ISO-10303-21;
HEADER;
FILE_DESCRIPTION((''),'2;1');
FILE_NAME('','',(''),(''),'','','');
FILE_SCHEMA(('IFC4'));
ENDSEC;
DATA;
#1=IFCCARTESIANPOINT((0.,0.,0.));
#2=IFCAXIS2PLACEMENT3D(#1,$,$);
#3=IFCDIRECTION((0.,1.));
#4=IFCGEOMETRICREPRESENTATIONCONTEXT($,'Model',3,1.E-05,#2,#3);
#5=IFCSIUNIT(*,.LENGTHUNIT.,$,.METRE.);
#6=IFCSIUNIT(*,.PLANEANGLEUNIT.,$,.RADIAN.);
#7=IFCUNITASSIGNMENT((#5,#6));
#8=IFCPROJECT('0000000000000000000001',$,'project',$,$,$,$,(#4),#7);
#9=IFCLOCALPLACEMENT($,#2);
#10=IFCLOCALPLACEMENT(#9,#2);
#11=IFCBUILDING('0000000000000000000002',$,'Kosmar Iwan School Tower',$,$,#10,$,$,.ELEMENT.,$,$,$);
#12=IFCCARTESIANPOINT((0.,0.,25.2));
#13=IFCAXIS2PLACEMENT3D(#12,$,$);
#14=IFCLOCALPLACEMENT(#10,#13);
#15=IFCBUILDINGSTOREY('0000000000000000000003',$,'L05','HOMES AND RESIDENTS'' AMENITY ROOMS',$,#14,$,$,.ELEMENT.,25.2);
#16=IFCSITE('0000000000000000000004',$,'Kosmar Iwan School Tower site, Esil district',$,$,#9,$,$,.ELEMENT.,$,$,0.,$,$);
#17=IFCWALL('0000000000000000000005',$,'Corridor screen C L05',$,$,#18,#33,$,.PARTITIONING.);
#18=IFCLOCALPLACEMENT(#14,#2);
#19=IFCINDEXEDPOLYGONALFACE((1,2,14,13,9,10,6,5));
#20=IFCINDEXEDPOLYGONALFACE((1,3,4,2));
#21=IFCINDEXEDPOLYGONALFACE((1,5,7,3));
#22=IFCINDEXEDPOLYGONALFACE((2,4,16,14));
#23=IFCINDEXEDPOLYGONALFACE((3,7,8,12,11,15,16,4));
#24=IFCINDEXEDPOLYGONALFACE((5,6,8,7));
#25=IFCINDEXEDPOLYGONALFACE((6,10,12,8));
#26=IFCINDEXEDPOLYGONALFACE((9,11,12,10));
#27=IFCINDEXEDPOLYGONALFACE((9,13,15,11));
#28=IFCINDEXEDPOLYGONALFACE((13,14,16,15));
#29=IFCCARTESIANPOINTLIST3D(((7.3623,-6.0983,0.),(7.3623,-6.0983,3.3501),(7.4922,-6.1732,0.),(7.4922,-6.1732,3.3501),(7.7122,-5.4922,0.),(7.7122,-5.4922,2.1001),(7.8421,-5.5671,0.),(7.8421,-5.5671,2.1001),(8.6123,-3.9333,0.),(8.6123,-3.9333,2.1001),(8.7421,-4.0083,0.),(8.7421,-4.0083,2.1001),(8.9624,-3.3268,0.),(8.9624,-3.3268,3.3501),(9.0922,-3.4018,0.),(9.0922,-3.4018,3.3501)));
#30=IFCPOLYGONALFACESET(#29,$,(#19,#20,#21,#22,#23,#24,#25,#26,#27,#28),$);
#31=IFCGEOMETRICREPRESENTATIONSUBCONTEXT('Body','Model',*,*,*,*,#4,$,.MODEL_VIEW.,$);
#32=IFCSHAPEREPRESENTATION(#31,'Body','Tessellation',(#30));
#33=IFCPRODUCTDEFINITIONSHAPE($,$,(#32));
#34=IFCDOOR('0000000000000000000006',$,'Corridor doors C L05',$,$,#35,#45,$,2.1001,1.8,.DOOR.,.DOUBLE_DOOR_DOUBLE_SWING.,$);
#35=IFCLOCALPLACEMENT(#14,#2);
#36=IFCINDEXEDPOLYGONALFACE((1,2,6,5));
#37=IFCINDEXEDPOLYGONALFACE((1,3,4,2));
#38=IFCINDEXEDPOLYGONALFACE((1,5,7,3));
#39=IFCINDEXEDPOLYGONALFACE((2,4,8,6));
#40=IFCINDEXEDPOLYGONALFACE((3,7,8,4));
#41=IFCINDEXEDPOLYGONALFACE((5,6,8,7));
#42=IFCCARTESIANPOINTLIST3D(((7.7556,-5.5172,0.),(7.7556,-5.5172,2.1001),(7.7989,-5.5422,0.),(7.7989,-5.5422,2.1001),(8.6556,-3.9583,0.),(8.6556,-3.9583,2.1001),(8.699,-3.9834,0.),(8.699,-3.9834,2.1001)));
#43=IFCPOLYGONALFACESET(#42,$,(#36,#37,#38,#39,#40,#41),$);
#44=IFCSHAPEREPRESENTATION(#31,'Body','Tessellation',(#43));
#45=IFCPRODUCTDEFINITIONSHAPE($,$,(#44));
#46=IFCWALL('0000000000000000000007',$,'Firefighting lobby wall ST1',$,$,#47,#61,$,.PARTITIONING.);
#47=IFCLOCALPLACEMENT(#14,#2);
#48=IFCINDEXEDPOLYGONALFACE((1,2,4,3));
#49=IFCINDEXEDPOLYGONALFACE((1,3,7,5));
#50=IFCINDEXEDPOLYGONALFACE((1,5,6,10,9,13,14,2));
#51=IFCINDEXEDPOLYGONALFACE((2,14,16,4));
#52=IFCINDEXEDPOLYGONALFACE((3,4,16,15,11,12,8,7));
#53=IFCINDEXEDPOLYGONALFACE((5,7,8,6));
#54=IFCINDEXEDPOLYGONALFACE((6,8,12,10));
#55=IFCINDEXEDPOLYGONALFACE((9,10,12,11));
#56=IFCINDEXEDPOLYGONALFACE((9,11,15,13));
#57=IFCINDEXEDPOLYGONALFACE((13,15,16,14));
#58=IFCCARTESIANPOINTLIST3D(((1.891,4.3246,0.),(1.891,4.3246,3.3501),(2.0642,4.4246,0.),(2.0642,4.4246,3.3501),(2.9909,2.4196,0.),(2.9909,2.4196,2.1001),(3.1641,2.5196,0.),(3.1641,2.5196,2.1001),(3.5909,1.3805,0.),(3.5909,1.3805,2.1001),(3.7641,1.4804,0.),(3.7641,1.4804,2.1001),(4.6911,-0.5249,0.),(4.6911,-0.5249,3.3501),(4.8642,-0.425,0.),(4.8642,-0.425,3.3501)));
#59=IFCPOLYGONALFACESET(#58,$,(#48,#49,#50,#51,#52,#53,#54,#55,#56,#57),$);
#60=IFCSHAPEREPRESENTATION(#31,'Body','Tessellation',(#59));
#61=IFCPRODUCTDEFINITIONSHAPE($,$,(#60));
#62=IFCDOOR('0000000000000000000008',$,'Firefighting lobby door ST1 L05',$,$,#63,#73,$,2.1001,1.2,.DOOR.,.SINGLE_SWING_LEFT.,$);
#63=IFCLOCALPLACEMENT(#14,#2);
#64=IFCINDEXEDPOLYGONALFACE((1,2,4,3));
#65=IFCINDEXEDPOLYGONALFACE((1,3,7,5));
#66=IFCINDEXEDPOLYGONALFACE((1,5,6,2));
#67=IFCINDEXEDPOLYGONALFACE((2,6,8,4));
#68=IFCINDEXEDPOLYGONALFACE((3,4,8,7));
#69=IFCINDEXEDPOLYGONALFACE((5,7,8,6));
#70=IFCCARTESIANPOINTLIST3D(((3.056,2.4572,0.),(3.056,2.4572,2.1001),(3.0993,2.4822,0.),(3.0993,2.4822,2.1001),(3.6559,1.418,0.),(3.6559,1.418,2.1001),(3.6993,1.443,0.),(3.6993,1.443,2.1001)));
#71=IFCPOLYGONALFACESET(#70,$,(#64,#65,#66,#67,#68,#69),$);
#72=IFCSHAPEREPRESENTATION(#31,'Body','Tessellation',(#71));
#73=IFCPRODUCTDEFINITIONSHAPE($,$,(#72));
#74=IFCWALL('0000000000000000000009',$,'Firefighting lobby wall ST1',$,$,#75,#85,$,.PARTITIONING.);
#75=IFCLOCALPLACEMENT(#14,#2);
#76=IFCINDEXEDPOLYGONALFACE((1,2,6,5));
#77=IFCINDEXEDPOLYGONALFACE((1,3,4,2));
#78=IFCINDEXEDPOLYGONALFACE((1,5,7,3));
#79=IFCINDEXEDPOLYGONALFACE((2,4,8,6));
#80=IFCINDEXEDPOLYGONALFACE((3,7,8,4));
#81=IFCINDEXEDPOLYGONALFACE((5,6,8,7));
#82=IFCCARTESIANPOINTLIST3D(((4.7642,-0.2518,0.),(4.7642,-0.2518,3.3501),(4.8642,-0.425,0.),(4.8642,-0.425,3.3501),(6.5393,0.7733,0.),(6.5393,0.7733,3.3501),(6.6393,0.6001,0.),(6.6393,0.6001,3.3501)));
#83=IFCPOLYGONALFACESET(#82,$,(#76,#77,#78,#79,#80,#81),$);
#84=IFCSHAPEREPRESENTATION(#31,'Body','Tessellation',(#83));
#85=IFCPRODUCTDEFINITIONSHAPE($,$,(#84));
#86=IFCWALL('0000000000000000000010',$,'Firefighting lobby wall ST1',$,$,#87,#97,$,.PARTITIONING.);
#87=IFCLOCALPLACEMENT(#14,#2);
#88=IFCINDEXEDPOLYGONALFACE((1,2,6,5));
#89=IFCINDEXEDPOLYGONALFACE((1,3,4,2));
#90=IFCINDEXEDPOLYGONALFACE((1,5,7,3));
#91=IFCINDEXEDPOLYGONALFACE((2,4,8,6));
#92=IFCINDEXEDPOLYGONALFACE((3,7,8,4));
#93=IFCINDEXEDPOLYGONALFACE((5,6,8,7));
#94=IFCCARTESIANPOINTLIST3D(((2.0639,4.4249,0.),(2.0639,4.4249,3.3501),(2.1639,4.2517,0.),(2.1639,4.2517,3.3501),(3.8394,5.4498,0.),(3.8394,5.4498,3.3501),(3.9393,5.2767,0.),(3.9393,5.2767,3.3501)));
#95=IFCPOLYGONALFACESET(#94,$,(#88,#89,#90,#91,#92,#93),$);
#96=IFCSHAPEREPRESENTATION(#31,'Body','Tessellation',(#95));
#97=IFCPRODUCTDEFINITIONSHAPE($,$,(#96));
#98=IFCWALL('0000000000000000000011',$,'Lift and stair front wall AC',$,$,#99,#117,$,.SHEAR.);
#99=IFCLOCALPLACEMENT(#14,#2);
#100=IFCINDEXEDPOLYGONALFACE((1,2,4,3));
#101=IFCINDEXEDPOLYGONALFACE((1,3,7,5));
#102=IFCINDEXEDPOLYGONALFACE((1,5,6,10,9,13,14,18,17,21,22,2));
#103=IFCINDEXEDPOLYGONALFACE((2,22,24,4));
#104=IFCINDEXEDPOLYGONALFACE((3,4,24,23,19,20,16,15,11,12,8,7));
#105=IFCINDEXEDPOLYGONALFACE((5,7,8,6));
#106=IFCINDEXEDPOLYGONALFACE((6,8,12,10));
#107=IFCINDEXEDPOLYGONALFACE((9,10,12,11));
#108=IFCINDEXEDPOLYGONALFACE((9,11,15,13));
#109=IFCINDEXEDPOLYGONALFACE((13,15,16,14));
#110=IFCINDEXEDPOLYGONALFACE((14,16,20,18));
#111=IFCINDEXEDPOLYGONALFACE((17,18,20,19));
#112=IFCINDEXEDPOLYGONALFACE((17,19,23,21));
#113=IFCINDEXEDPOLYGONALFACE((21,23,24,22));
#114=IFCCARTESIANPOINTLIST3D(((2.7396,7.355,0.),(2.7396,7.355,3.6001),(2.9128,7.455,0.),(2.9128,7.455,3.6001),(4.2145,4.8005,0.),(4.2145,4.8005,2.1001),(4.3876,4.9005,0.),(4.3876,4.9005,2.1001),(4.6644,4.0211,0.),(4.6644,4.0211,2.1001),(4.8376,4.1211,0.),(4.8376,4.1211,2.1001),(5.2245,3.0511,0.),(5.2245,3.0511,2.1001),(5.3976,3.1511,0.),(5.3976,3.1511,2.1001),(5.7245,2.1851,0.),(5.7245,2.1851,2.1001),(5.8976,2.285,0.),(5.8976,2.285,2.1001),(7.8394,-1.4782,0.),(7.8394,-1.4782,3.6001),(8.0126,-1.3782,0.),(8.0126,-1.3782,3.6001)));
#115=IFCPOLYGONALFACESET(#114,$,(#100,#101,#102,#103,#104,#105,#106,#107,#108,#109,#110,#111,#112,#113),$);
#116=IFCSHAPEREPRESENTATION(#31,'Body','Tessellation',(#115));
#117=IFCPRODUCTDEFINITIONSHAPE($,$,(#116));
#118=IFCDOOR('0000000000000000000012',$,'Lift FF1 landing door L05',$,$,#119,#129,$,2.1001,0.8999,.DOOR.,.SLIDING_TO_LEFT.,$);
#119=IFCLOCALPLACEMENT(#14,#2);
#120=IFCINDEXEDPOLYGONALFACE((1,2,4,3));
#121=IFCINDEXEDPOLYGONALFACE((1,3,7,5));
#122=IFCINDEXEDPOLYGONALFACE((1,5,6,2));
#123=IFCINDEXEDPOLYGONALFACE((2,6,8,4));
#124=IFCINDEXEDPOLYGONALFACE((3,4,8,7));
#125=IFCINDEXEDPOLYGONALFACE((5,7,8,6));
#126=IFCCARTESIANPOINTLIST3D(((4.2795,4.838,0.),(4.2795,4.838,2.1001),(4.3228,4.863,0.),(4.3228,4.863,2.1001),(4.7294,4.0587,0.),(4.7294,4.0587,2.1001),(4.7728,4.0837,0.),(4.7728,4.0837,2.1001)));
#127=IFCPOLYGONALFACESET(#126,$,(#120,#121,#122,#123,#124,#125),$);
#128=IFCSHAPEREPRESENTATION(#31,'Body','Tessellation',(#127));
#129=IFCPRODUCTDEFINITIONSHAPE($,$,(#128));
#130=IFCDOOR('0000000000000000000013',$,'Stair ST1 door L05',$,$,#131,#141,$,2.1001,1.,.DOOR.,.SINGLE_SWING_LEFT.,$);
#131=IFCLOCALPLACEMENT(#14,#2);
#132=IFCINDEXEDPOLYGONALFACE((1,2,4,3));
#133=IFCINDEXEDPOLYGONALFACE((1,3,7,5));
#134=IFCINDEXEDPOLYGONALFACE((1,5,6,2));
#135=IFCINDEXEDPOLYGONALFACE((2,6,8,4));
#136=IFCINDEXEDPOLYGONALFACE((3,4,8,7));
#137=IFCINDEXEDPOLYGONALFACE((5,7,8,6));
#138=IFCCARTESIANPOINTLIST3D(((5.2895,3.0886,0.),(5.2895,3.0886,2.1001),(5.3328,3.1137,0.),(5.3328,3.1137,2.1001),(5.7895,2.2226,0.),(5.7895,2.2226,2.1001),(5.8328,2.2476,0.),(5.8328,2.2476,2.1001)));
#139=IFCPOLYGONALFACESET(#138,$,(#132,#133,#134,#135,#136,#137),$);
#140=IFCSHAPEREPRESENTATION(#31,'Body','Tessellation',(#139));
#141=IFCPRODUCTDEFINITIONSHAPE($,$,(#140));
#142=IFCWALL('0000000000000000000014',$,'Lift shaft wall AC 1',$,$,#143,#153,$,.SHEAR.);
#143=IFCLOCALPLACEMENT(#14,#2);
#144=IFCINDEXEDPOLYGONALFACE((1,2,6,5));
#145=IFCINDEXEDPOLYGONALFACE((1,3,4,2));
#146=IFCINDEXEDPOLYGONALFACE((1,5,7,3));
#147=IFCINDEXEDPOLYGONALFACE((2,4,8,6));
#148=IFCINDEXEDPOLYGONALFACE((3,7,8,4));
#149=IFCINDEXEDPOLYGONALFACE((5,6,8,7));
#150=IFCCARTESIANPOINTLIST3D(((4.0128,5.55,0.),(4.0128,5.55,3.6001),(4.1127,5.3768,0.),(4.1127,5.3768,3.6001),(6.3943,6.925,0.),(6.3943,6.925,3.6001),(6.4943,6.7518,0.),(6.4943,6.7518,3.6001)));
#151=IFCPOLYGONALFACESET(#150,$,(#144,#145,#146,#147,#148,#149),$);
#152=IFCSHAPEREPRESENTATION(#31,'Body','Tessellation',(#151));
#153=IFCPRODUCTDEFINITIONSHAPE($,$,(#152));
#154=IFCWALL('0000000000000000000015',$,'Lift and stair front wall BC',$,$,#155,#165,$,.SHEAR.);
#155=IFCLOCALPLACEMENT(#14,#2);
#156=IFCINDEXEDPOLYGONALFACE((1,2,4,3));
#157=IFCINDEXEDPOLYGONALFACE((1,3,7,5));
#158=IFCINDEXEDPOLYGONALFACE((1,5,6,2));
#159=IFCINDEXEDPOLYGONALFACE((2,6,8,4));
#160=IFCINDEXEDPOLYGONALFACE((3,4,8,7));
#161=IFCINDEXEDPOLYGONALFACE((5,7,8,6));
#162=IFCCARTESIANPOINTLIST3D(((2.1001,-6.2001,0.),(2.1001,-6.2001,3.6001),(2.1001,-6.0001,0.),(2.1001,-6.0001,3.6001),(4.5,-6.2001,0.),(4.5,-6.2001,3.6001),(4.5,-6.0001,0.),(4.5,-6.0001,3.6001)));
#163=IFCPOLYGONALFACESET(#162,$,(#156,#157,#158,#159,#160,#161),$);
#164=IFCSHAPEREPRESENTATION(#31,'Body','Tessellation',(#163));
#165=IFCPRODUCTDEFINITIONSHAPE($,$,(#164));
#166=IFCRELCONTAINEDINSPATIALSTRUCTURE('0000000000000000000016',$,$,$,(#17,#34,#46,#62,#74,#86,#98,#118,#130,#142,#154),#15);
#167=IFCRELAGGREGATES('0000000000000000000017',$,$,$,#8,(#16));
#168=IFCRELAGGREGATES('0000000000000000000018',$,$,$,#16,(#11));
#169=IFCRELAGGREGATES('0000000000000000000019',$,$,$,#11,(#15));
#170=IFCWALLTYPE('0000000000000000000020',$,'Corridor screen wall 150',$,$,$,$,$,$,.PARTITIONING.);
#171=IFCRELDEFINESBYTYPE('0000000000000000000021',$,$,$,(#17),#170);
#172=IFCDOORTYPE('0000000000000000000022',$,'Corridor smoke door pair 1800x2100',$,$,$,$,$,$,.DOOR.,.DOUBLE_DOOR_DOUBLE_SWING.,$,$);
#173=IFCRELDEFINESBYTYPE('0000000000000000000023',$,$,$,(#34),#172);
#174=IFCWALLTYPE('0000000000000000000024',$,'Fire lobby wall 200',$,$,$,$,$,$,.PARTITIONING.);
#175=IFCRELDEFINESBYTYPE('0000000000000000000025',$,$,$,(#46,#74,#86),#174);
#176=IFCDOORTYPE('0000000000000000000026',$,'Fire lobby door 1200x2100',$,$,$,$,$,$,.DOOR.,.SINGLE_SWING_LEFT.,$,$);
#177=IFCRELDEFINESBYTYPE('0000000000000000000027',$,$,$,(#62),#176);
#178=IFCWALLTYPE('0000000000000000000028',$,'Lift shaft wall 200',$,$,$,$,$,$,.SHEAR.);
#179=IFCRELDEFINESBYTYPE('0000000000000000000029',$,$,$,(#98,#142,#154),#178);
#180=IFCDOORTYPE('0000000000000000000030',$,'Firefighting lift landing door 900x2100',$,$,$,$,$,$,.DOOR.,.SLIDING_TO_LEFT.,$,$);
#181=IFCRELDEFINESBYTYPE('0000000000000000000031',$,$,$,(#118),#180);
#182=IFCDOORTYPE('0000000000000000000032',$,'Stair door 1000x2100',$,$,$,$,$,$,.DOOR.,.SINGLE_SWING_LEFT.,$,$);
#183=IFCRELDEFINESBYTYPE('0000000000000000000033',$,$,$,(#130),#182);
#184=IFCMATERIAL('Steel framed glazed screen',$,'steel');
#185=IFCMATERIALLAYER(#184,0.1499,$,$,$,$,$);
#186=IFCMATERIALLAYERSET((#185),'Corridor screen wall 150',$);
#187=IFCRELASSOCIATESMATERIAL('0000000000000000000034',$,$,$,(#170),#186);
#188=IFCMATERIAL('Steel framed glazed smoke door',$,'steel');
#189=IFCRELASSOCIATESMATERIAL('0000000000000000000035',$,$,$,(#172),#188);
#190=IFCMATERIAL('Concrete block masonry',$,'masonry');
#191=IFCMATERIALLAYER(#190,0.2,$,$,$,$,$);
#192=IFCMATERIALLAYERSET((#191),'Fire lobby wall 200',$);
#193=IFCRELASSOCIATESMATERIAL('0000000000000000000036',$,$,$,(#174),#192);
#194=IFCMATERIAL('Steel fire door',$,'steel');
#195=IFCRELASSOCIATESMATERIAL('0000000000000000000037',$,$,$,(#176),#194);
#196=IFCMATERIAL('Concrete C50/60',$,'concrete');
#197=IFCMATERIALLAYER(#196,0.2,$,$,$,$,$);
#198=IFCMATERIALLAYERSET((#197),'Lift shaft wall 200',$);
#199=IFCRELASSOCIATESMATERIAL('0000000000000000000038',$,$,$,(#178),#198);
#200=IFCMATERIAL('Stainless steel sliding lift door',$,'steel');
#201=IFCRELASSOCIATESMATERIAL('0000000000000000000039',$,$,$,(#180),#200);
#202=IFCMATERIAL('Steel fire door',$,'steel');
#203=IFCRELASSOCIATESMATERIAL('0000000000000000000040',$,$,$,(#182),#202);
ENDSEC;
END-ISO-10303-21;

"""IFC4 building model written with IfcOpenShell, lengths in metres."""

from ifc_helpers import new_model, si_unit, direction, frame, frame_2d, origin, place, context, subcontext, project, spatial, rectangle, extrude, material, layer, layer_set, type_object, element, fill, save


model = new_model("IFC4")

# Units and contexts
model_context = context("Model", 3, precision=1e-05, world=origin(), true_north=direction((0.0, 1.0)))
body_context = subcontext(model_context, "Body", "Model", "MODEL_VIEW")
ifc_project = project(units=[si_unit("LENGTHUNIT", "METRE"), si_unit("PLANEANGLEUNIT", "RADIAN")], contexts=[model_context])

# Site, building, storey
site_placement = place(None, origin())
site = spatial("IfcSite", under=ifc_project, at=site_placement, Name="Kosmar Iwan School Tower site, Esil district", CompositionType="ELEMENT", RefElevation=0.0)
building_placement = place(site_placement, origin())
building = spatial("IfcBuilding", under=site, at=building_placement, Name="Kosmar Iwan School Tower", CompositionType="ELEMENT")
storey_placement = place(building_placement, frame((0.0, 0.0, 25.2)))
storey = spatial("IfcBuildingStorey", under=building, at=storey_placement, Name="L05", Description="HOMES AND RESIDENTS' AMENITY ROOMS", CompositionType="ELEMENT", Elevation=25.2)

# Walls, openings, doors
ifc_material_1 = material(Name="Steel framed glazed screen", Category="steel")
ifc_layer_1 = layer(ifc_material_1, 0.1499)
ifc_layer_set_1 = layer_set([ifc_layer_1], Name="Corridor screen wall 150")
wall_type_1 = type_object("IfcWallType", Name="Corridor screen wall 150", PredefinedType="PARTITIONING", material=ifc_layer_set_1)
wall_1_placement = place(storey_placement, frame((7.4272, -6.1357, 0.0), z_axis=(0.0, 0.0, 1.0), x_axis=(0.499995, 0.866028, 0.0)))
wall_1 = element("IfcWall", 1, at=wall_1_placement, inside=storey, type_object=wall_type_1, Name="Corridor screen C L05", PredefinedType="PARTITIONING", context=body_context, shape_type="SweptSolid", body=[
    extrude(rectangle(XDim=3.2002, YDim=0.1499, at=frame_2d((1.6001, 0.0))), origin(), (0.0, 0.0, 1.0), 3.3501),
])
opening_1_placement = place(wall_1_placement, frame((0.7, 0.0, 0.0)))
opening_1 = element("IfcOpeningElement", 2, at=opening_1_placement, cuts=wall_1, PredefinedType="OPENING", context=body_context, shape_type="SweptSolid", body=[
    extrude(rectangle(XDim=1.8, YDim=2.1001, at=frame_2d((0.8999, 1.05))), frame((0.0, 0.0869, 0.0), z_axis=(0.0, -1.0, 0.0), x_axis=(1.0, 0.0, 0.0)), (0.0, 0.0, 1.0), 0.1738),
])
ifc_material_2 = material(Name="Steel framed glazed smoke door", Category="steel")
door_type_1 = type_object("IfcDoorType", Name="Corridor smoke door pair 1800x2100", OperationType="DOUBLE_DOOR_DOUBLE_SWING", PredefinedType="DOOR", material=ifc_material_2)
door_1_placement = place(opening_1_placement, origin())
door_1 = element("IfcDoor", 3, at=door_1_placement, inside=storey, type_object=door_type_1, Name="Corridor doors C L05", OperationType="DOUBLE_DOOR_DOUBLE_SWING", OverallHeight=2.1001, OverallWidth=1.8, PredefinedType="DOOR", context=body_context, shape_type="SweptSolid", body=[
    extrude(rectangle(XDim=1.8, YDim=2.1001, at=frame_2d((0.8999, 1.05))), frame((0.0, 0.0249, 0.0), z_axis=(0.0, -1.0, 0.0), x_axis=(1.0, 0.0, 0.0)), (0.0, 0.0, 1.0), 0.05),
])
fill(opening_1, door_1)
ifc_material_3 = material(Name="Concrete block masonry", Category="masonry")
ifc_layer_2 = layer(ifc_material_3, 0.2)
ifc_layer_set_2 = layer_set([ifc_layer_2], Name="Fire lobby wall 200")
wall_type_2 = type_object("IfcWallType", Name="Fire lobby wall 200", PredefinedType="PARTITIONING", material=ifc_layer_set_2)
wall_2_placement = place(storey_placement, frame((4.7776, -0.4749, 0.0), z_axis=(0.0, 0.0, 1.0), x_axis=(-0.500017, 0.866016, 0.0)))
wall_2 = element("IfcWall", 4, at=wall_2_placement, inside=storey, type_object=wall_type_2, Name="Firefighting lobby wall ST1", PredefinedType="PARTITIONING", context=body_context, shape_type="SweptSolid", body=[
    extrude(rectangle(XDim=5.5999, YDim=0.2, at=frame_2d((2.7998, 0.0))), origin(), (0.0, 0.0, 1.0), 3.3501),
])
opening_2_placement = place(wall_2_placement, frame((2.2, 0.0, 0.0)))
opening_2 = element("IfcOpeningElement", 5, at=opening_2_placement, cuts=wall_2, PredefinedType="OPENING", context=body_context, shape_type="SweptSolid", body=[
    extrude(rectangle(XDim=1.2, YDim=2.1001, at=frame_2d((0.6001, 1.05))), frame((0.0, 0.1121, 0.0), z_axis=(0.0, -1.0, 0.0), x_axis=(1.0, 0.0, 0.0)), (0.0, 0.0, 1.0), 0.2239),
])
ifc_material_4 = material(Name="Steel fire door", Category="steel")
door_type_2 = type_object("IfcDoorType", Name="Fire lobby door 1200x2100", OperationType="SINGLE_SWING_LEFT", PredefinedType="DOOR", material=ifc_material_4)
door_2_placement = place(opening_2_placement, origin())
door_2 = element("IfcDoor", 6, at=door_2_placement, inside=storey, type_object=door_type_2, Name="Firefighting lobby door ST1 L05", OperationType="SINGLE_SWING_LEFT", OverallHeight=2.1001, OverallWidth=1.2, PredefinedType="DOOR", context=body_context, shape_type="SweptSolid", body=[
    extrude(rectangle(XDim=1.2, YDim=2.1001, at=frame_2d((0.6001, 1.05))), frame((0.0, 0.0249, 0.0), z_axis=(0.0, -1.0, 0.0), x_axis=(1.0, 0.0, 0.0)), (0.0, 0.0, 1.0), 0.05),
])
fill(opening_2, door_2)

# Walls
wall_3_placement = place(storey_placement, frame((4.8142, -0.3384, 0.0), z_axis=(0.0, 0.0, 1.0), x_axis=(0.865969, 0.500097, 0.0)))
element("IfcWall", 7, at=wall_3_placement, inside=storey, type_object=wall_type_2, Name="Firefighting lobby wall ST1", PredefinedType="PARTITIONING", context=body_context, shape_type="SweptSolid", body=[
    extrude(rectangle(XDim=2.0498, YDim=0.2, at=frame_2d((1.0249, 0.0))), origin(), (0.0, 0.0, 1.0), 3.3501),
])
wall_4_placement = place(storey_placement, frame((2.114, 4.3384, 0.0), z_axis=(0.0, 0.0, 1.0), x_axis=(0.866051, 0.499956, 0.0)))
element("IfcWall", 8, at=wall_4_placement, inside=storey, type_object=wall_type_2, Name="Firefighting lobby wall ST1", PredefinedType="PARTITIONING", context=body_context, shape_type="SweptSolid", body=[
    extrude(rectangle(XDim=2.05, YDim=0.2, at=frame_2d((1.0249, 0.0))), origin(), (0.0, 0.0, 1.0), 3.3501),
])

# Wall, openings, doors
ifc_material_5 = material(Name="Concrete C50/60", Category="concrete")
ifc_layer_3 = layer(ifc_material_5, 0.2)
ifc_layer_set_3 = layer_set([ifc_layer_3], Name="Lift shaft wall 200")
wall_type_3 = type_object("IfcWallType", Name="Lift shaft wall 200", PredefinedType="SHEAR", material=ifc_layer_set_3)
wall_5_placement = place(storey_placement, frame((7.926, -1.4282, 0.0), z_axis=(0.0, 0.0, 1.0), x_axis=(-0.499998, 0.866027, 0.0)))
wall_5 = element("IfcWall", 9, at=wall_5_placement, inside=storey, type_object=wall_type_3, Name="Lift and stair front wall AC", PredefinedType="SHEAR", context=body_context, shape_type="SweptSolid", body=[
    extrude(rectangle(XDim=10.1997, YDim=0.2, at=frame_2d((5.0999, 0.0))), origin(), (0.0, 0.0, 1.0), 3.6001),
])
opening_3_placement = place(wall_5_placement, frame((6.3501, 0.0, 0.0)))
opening_3 = element("IfcOpeningElement", 10, at=opening_3_placement, cuts=wall_5, PredefinedType="OPENING", context=body_context, shape_type="SweptSolid", body=[
    extrude(rectangle(XDim=0.8999, YDim=2.1001, at=frame_2d((0.45, 1.05))), frame((0.0, 0.1121, 0.0), z_axis=(0.0, -1.0, 0.0), x_axis=(1.0, 0.0, 0.0)), (0.0, 0.0, 1.0), 0.2239),
])
opening_4_placement = place(wall_5_placement, frame((4.23, 0.0, 0.0)))
opening_4 = element("IfcOpeningElement", 11, at=opening_4_placement, cuts=wall_5, PredefinedType="OPENING", context=body_context, shape_type="SweptSolid", body=[
    extrude(rectangle(XDim=1.0, YDim=2.1001, at=frame_2d((0.5, 1.05))), frame((0.0, 0.1121, 0.0), z_axis=(0.0, -1.0, 0.0), x_axis=(1.0, 0.0, 0.0)), (0.0, 0.0, 1.0), 0.2239),
])
ifc_material_6 = material(Name="Stainless steel sliding lift door", Category="steel")
door_type_3 = type_object("IfcDoorType", Name="Firefighting lift landing door 900x2100", OperationType="SLIDING_TO_LEFT", PredefinedType="DOOR", material=ifc_material_6)
door_3_placement = place(opening_3_placement, origin())
door_3 = element("IfcDoor", 12, at=door_3_placement, inside=storey, type_object=door_type_3, Name="Lift FF1 landing door L05", OperationType="SLIDING_TO_LEFT", OverallHeight=2.1001, OverallWidth=0.8999, PredefinedType="DOOR", context=body_context, shape_type="SweptSolid", body=[
    extrude(rectangle(XDim=0.8999, YDim=2.1001, at=frame_2d((0.45, 1.05))), frame((0.0, 0.0249, 0.0), z_axis=(0.0, -1.0, 0.0), x_axis=(1.0, 0.0, 0.0)), (0.0, 0.0, 1.0), 0.05),
])
fill(opening_3, door_3)
ifc_material_7 = material(Name="Steel fire door", Category="steel")
door_type_4 = type_object("IfcDoorType", Name="Stair door 1000x2100", OperationType="SINGLE_SWING_LEFT", PredefinedType="DOOR", material=ifc_material_7)
door_4_placement = place(opening_4_placement, origin())
door_4 = element("IfcDoor", 13, at=door_4_placement, inside=storey, type_object=door_type_4, Name="Stair ST1 door L05", OperationType="SINGLE_SWING_LEFT", OverallHeight=2.1001, OverallWidth=1.0, PredefinedType="DOOR", context=body_context, shape_type="SweptSolid", body=[
    extrude(rectangle(XDim=1.0, YDim=2.1001, at=frame_2d((0.5, 1.05))), frame((0.0, 0.0249, 0.0), z_axis=(0.0, -1.0, 0.0), x_axis=(1.0, 0.0, 0.0)), (0.0, 0.0, 1.0), 0.05),
])
fill(opening_4, door_4)

# Walls
wall_6_placement = place(storey_placement, frame((4.0627, 5.4634, 0.0), z_axis=(0.0, 0.0, 1.0), x_axis=(0.866027, 0.499997, 0.0)))
element("IfcWall", 14, at=wall_6_placement, inside=storey, type_object=wall_type_3, Name="Lift shaft wall AC 1", PredefinedType="SHEAR", context=body_context, shape_type="SweptSolid", body=[
    extrude(rectangle(XDim=2.75, YDim=0.2, at=frame_2d((1.375, 0.0))), origin(), (0.0, 0.0, 1.0), 3.6001),
])
wall_7_placement = place(storey_placement, frame((2.1001, -6.1001, 0.0), z_axis=(0.0, 0.0, 1.0), x_axis=(1.0, 0.0, 0.0)))
element("IfcWall", 15, at=wall_7_placement, inside=storey, type_object=wall_type_3, Name="Lift and stair front wall BC", PredefinedType="SHEAR", context=body_context, shape_type="SweptSolid", body=[
    extrude(rectangle(XDim=2.3999, YDim=0.2, at=frame_2d((1.2, 0.0))), origin(), (0.0, 0.0, 1.0), 3.6001),
])

save(model, "model.ifc")
